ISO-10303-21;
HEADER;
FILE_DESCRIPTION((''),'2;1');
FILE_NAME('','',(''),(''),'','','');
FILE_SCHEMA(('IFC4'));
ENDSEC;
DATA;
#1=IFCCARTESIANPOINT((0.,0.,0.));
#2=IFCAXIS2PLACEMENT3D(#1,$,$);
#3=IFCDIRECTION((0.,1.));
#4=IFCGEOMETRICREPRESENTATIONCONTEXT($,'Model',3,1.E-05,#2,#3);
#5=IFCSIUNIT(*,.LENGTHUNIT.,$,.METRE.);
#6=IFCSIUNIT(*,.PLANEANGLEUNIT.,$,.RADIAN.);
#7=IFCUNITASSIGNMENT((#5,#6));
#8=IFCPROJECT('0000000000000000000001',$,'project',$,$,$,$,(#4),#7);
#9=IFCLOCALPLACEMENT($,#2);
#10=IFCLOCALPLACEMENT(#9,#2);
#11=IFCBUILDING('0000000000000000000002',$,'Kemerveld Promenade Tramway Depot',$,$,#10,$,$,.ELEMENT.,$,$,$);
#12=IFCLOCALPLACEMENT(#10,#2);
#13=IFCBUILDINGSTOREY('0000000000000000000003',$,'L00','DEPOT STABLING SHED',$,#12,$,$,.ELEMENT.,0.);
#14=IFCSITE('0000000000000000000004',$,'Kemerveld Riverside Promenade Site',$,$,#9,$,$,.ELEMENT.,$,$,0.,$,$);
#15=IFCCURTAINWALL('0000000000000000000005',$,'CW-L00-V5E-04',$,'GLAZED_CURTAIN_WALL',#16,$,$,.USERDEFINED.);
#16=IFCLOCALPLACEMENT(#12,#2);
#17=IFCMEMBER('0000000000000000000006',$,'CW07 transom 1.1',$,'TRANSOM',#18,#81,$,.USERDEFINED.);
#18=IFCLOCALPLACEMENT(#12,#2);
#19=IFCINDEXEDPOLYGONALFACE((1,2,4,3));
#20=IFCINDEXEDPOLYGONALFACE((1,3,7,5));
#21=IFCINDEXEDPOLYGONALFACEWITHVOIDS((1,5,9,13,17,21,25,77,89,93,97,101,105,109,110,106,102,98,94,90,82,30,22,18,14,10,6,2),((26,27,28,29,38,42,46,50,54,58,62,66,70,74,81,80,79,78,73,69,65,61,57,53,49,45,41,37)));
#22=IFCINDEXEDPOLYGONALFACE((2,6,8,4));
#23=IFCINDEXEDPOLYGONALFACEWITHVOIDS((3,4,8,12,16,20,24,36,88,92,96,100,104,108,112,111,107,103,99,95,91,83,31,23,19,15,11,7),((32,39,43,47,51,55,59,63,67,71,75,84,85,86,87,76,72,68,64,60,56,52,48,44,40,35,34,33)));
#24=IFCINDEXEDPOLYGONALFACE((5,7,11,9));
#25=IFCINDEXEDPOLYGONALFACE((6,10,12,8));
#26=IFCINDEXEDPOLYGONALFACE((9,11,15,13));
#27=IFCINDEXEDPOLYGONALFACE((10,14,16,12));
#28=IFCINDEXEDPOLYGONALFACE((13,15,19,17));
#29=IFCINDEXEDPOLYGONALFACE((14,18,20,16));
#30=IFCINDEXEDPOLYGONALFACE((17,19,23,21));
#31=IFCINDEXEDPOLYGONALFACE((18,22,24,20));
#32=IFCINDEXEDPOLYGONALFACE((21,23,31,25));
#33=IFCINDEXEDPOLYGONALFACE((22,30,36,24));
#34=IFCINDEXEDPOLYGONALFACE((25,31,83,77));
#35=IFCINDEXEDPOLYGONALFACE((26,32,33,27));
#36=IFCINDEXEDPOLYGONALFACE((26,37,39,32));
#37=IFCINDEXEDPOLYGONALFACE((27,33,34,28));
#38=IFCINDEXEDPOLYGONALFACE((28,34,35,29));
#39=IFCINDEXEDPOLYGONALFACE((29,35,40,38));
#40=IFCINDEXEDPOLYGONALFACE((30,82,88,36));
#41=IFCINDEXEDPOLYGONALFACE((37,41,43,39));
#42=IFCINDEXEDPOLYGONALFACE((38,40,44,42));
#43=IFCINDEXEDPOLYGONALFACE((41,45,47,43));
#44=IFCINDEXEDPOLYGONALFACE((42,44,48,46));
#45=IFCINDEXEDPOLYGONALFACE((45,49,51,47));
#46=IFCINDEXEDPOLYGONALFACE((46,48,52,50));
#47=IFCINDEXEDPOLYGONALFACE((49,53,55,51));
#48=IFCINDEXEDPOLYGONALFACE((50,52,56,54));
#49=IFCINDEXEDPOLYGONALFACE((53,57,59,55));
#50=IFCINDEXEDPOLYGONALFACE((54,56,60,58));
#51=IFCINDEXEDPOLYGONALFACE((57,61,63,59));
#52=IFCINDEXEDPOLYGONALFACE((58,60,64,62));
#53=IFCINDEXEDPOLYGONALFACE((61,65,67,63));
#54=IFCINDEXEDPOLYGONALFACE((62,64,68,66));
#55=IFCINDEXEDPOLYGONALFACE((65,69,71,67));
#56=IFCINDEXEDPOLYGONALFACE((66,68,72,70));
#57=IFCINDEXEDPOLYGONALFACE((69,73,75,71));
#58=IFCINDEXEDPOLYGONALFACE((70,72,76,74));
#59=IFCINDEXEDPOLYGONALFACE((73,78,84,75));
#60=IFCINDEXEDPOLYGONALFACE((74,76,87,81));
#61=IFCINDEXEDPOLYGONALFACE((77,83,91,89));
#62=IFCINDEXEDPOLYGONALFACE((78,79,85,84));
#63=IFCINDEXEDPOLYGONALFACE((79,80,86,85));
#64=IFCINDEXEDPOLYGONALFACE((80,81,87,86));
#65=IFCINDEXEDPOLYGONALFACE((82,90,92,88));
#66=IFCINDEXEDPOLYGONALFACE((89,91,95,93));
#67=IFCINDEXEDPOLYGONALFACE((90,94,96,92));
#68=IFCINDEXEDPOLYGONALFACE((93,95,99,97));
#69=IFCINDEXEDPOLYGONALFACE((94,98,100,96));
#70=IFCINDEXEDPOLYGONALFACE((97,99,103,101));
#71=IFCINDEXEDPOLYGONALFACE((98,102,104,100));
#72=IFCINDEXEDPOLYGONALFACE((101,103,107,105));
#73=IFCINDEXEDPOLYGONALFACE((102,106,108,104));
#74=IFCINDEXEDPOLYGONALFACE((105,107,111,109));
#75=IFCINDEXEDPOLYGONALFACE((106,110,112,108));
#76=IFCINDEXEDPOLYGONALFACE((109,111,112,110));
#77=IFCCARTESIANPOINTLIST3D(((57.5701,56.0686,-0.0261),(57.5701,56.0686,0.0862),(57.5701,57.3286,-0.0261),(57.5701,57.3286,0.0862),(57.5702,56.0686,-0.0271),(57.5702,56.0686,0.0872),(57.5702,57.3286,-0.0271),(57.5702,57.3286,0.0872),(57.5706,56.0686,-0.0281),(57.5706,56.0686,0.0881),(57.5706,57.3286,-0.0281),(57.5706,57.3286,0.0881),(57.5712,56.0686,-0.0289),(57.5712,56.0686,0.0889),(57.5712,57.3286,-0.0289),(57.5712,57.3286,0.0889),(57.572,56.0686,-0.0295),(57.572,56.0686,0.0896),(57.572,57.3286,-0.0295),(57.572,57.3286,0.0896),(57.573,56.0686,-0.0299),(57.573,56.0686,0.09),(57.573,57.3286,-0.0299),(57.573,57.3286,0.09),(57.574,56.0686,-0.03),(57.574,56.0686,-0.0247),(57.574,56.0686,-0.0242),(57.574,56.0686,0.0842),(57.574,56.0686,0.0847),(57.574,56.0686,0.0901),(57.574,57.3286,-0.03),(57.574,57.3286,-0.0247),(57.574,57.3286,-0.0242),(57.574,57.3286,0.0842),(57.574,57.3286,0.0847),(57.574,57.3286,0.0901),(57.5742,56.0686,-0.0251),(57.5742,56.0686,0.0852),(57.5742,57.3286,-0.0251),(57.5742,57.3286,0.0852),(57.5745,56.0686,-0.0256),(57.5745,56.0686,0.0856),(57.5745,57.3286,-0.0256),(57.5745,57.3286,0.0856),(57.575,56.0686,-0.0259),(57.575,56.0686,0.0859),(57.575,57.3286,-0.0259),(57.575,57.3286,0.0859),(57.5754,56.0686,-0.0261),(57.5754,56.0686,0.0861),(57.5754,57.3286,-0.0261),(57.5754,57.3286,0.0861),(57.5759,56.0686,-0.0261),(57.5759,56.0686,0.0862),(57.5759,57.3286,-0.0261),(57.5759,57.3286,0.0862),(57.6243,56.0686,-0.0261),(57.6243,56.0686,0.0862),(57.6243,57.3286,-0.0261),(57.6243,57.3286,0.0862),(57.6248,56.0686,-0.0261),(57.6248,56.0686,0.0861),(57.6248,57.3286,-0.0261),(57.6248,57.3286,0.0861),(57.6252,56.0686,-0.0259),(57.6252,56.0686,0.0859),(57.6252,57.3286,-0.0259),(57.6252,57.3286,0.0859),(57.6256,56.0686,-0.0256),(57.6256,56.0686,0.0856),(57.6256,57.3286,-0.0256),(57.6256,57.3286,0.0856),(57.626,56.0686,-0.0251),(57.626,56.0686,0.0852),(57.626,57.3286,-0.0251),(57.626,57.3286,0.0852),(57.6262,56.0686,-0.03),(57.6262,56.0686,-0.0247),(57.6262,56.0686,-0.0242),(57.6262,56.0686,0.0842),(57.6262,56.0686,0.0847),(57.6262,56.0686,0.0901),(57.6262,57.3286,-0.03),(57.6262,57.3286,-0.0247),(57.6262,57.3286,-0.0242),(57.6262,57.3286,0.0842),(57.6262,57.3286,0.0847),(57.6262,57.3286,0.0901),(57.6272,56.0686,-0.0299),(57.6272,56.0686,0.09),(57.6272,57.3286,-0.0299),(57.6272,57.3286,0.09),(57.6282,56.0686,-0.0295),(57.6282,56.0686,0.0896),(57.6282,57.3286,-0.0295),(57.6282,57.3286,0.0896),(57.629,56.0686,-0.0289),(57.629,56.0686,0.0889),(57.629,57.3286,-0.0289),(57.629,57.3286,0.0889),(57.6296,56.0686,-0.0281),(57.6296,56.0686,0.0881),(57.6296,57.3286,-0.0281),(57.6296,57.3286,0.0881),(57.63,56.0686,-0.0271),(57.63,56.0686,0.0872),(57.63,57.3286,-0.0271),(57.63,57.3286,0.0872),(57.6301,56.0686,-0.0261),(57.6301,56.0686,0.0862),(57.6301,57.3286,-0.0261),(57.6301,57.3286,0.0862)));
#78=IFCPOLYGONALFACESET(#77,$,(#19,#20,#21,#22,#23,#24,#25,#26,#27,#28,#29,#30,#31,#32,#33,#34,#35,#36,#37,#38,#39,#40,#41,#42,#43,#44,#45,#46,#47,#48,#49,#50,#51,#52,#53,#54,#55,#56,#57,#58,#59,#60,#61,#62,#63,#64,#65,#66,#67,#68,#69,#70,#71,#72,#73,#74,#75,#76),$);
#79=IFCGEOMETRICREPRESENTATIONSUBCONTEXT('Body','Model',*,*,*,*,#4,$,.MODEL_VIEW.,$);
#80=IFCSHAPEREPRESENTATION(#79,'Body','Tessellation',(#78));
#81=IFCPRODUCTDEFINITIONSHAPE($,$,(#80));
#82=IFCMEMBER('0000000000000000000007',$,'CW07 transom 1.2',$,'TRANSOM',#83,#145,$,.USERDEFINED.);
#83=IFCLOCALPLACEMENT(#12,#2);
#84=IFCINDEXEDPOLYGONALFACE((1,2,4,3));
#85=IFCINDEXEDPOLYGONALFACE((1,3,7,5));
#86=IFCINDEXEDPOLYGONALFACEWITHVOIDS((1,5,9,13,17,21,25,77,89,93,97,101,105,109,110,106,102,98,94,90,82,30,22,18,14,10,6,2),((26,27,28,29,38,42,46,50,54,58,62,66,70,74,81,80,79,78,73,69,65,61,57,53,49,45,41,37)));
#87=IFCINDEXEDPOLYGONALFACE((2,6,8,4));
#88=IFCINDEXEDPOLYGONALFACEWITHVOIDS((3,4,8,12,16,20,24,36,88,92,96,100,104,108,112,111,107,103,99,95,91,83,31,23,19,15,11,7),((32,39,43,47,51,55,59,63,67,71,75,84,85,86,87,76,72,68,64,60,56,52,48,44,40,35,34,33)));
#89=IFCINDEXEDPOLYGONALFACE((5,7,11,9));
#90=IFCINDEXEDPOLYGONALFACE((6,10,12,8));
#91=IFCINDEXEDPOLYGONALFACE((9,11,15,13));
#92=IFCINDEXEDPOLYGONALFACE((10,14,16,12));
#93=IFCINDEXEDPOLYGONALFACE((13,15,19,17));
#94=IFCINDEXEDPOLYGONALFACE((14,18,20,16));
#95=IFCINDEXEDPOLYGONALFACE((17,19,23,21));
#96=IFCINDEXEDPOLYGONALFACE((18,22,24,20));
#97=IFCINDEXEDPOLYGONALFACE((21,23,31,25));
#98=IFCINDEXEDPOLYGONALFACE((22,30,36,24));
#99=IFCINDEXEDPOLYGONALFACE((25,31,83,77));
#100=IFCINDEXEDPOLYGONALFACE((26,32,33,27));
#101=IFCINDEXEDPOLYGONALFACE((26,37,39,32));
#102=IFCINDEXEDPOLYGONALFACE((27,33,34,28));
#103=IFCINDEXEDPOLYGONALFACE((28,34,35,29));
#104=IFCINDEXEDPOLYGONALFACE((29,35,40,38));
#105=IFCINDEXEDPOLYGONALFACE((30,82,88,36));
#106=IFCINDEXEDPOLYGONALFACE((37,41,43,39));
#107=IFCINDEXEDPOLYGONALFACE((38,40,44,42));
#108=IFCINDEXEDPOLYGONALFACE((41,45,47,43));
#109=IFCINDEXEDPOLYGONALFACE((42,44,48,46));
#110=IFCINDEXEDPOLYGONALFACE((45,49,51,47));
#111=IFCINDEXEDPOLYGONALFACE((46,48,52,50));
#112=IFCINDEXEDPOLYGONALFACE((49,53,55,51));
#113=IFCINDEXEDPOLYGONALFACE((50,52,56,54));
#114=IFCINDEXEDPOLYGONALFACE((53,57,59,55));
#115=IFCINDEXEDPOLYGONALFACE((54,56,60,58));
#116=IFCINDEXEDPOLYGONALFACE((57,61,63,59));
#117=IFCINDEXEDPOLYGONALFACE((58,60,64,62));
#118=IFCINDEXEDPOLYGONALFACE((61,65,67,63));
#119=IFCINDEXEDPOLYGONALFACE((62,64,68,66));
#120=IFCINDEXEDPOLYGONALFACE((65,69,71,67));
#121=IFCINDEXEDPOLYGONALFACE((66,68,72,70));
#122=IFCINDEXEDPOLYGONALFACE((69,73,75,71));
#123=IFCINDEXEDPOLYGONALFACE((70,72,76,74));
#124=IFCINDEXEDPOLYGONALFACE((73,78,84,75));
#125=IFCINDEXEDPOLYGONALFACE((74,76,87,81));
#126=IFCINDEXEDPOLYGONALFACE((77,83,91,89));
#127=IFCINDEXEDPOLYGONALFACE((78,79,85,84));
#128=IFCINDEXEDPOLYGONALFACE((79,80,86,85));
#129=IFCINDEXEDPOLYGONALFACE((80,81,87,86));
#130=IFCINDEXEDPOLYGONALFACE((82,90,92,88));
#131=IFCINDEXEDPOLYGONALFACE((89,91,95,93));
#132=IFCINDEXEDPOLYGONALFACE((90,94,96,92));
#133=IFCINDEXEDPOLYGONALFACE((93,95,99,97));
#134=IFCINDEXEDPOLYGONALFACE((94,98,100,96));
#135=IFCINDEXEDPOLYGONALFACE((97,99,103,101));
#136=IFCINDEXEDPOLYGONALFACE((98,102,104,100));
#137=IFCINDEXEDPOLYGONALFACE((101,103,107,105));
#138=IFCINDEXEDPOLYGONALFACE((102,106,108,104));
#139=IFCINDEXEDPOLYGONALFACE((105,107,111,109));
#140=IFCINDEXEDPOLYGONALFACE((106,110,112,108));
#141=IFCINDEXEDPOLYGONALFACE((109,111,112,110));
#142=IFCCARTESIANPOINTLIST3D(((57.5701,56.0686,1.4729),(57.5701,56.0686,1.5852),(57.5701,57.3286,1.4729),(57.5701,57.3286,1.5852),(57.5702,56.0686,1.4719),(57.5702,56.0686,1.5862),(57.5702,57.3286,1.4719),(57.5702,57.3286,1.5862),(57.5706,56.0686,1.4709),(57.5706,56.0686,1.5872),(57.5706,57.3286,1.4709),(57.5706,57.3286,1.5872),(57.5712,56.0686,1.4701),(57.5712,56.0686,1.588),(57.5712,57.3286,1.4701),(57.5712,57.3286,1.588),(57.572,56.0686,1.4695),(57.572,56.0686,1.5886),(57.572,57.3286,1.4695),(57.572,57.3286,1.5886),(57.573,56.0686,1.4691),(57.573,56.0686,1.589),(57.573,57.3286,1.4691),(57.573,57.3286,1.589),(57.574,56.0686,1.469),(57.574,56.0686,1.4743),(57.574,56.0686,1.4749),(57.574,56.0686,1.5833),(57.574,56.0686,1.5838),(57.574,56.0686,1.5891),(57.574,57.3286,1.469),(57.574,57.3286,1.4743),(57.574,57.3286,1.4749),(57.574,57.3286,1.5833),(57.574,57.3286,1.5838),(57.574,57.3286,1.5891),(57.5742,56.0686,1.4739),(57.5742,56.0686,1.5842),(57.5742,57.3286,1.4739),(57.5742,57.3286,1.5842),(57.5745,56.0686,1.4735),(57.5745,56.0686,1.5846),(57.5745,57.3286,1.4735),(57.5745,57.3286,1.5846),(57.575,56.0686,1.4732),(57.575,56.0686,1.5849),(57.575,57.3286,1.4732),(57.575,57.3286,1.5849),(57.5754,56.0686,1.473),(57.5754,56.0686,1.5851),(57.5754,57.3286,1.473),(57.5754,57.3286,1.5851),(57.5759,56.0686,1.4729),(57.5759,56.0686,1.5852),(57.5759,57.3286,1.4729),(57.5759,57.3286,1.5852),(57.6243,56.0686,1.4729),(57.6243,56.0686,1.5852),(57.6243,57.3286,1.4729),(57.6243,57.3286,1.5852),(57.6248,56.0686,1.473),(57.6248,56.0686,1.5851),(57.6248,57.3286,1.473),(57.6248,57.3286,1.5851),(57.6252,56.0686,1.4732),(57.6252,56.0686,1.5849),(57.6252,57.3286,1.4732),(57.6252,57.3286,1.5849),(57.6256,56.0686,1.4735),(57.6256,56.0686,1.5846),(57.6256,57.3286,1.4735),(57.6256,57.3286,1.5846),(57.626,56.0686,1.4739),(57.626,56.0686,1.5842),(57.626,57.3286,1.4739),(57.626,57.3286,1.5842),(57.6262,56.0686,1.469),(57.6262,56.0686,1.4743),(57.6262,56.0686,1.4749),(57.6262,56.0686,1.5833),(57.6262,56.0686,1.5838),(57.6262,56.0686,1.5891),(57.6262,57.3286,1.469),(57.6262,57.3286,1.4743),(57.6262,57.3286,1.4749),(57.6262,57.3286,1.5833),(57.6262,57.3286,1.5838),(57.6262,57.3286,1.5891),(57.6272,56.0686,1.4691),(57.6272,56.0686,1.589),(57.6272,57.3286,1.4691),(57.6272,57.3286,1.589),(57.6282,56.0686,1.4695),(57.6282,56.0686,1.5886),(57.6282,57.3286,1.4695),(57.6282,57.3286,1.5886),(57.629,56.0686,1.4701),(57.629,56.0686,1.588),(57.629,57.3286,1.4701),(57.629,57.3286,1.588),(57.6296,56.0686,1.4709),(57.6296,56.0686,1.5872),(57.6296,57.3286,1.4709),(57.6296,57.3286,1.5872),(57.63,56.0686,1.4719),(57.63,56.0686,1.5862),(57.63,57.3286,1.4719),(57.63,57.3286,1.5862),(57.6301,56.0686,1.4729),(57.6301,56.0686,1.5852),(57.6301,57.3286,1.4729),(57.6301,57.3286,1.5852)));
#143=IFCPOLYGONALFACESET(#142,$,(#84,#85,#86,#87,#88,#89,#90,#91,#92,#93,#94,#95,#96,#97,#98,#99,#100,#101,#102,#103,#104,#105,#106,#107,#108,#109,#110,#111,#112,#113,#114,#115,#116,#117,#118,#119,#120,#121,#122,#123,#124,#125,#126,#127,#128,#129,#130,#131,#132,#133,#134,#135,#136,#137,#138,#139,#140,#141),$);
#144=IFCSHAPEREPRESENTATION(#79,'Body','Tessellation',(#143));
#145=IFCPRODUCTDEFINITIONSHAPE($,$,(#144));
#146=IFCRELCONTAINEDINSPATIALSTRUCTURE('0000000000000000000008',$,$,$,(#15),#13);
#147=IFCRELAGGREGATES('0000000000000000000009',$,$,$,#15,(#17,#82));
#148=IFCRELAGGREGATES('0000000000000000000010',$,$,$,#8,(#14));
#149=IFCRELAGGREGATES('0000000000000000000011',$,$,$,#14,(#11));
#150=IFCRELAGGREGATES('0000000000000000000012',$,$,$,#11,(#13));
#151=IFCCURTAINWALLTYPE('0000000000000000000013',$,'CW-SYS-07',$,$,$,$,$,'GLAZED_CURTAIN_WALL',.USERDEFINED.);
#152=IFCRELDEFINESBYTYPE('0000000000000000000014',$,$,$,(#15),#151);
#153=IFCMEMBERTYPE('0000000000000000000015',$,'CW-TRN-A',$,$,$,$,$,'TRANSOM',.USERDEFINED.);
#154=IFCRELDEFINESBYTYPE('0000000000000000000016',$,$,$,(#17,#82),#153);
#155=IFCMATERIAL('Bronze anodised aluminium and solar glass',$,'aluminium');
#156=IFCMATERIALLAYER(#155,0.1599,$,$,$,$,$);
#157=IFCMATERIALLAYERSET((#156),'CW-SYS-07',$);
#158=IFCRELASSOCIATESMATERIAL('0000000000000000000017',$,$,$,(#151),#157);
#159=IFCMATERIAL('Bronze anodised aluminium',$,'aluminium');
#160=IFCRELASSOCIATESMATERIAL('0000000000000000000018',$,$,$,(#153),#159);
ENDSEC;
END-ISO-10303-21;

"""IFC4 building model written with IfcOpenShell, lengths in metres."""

from ifc_helpers import new_model, si_unit, direction, frame, origin, origin_2d, place, context, subcontext, project, spatial, hollow_rectangle, extrude, material, layer, layer_set, material_profile, profile_set, type_object, element, aggregate, save


model = new_model("IFC4")

# Units and contexts
model_context = context("Model", 3, precision=1e-05, world=origin(), true_north=direction((0.0, 1.0)))
body_context = subcontext(model_context, "Body", "Model", "MODEL_VIEW")
ifc_project = project(units=[si_unit("LENGTHUNIT", "METRE"), si_unit("PLANEANGLEUNIT", "RADIAN")], contexts=[model_context])

# Site, building, storey
site_placement = place(None, origin())
site = spatial("IfcSite", under=ifc_project, at=site_placement, Name="Kemerveld Riverside Promenade Site", CompositionType="ELEMENT", RefElevation=0.0)
building_placement = place(site_placement, origin())
building = spatial("IfcBuilding", under=site, at=building_placement, Name="Kemerveld Promenade Tramway Depot", CompositionType="ELEMENT")
storey_placement = place(building_placement, origin())
storey = spatial("IfcBuildingStorey", under=building, at=storey_placement, Name="L00", Description="DEPOT STABLING SHED", CompositionType="ELEMENT", Elevation=0.0)

# Curtain wall, members
ifc_material_1 = material(Name="Bronze anodised aluminium and solar glass", Category="aluminium")
ifc_layer_1 = layer(ifc_material_1, 0.1599)
ifc_layer_set_1 = layer_set([ifc_layer_1], Name="CW-SYS-07")
curtain_wall_type = type_object("IfcCurtainWallType", Name="CW-SYS-07", ElementType="GLAZED_CURTAIN_WALL", PredefinedType="USERDEFINED", material=ifc_layer_set_1)
curtain_wall_placement = place(storey_placement, origin())
curtain_wall = element("IfcCurtainWall", 1, at=curtain_wall_placement, inside=storey, type_object=curtain_wall_type, Name="CW-L00-V5E-04", ObjectType="GLAZED_CURTAIN_WALL", PredefinedType="USERDEFINED")
ifc_material_2 = material(Name="Bronze anodised aluminium", Category="aluminium")
ifc_material_profile_1 = material_profile(ifc_material_2, hollow_rectangle(XDim=0.0601, YDim=0.1201, WallThickness=0.0039, InnerFilletRadius=0.002, OuterFilletRadius=0.0039, at=origin_2d()), Name="CW-TRN-120x60")
ifc_profile_set_1 = profile_set([ifc_material_profile_1], Name="Bronze anodised aluminium")
member_type_1 = type_object("IfcMemberType", Name="CW-TRN-A", ElementType="TRANSOM", PredefinedType="USERDEFINED", material=ifc_profile_set_1)
member_1_placement = place(storey_placement, frame((57.6001, 57.3286, 0.03), z_axis=(0.0, -1.0, 0.0), x_axis=(1.0, 0.0, 0.0)))
member_1 = element("IfcMember", 2, at=member_1_placement, type_object=member_type_1, Name="CW07 transom 1.1", ObjectType="TRANSOM", PredefinedType="USERDEFINED", context=body_context, shape_type="SweptSolid", body=[
    extrude(hollow_rectangle(XDim=0.0601, YDim=0.1201, WallThickness=0.0039, InnerFilletRadius=0.002, OuterFilletRadius=0.0039, at=origin_2d()), origin(), (0.0, 0.0, 1.0), 1.26),
])
member_2_placement = place(storey_placement, frame((57.6001, 57.3286, 1.5291), z_axis=(0.0, -1.0, 0.0), x_axis=(1.0, 0.0, 0.0)))
member_2 = element("IfcMember", 3, at=member_2_placement, type_object=member_type_1, Name="CW07 transom 1.2", ObjectType="TRANSOM", PredefinedType="USERDEFINED", context=body_context, shape_type="SweptSolid", body=[
    extrude(hollow_rectangle(XDim=0.0601, YDim=0.1201, WallThickness=0.0039, InnerFilletRadius=0.002, OuterFilletRadius=0.0039, at=origin_2d()), origin(), (0.0, 0.0, 1.0), 1.26),
])
aggregate(curtain_wall, [member_1, member_2])

save(model, "model.ifc")
